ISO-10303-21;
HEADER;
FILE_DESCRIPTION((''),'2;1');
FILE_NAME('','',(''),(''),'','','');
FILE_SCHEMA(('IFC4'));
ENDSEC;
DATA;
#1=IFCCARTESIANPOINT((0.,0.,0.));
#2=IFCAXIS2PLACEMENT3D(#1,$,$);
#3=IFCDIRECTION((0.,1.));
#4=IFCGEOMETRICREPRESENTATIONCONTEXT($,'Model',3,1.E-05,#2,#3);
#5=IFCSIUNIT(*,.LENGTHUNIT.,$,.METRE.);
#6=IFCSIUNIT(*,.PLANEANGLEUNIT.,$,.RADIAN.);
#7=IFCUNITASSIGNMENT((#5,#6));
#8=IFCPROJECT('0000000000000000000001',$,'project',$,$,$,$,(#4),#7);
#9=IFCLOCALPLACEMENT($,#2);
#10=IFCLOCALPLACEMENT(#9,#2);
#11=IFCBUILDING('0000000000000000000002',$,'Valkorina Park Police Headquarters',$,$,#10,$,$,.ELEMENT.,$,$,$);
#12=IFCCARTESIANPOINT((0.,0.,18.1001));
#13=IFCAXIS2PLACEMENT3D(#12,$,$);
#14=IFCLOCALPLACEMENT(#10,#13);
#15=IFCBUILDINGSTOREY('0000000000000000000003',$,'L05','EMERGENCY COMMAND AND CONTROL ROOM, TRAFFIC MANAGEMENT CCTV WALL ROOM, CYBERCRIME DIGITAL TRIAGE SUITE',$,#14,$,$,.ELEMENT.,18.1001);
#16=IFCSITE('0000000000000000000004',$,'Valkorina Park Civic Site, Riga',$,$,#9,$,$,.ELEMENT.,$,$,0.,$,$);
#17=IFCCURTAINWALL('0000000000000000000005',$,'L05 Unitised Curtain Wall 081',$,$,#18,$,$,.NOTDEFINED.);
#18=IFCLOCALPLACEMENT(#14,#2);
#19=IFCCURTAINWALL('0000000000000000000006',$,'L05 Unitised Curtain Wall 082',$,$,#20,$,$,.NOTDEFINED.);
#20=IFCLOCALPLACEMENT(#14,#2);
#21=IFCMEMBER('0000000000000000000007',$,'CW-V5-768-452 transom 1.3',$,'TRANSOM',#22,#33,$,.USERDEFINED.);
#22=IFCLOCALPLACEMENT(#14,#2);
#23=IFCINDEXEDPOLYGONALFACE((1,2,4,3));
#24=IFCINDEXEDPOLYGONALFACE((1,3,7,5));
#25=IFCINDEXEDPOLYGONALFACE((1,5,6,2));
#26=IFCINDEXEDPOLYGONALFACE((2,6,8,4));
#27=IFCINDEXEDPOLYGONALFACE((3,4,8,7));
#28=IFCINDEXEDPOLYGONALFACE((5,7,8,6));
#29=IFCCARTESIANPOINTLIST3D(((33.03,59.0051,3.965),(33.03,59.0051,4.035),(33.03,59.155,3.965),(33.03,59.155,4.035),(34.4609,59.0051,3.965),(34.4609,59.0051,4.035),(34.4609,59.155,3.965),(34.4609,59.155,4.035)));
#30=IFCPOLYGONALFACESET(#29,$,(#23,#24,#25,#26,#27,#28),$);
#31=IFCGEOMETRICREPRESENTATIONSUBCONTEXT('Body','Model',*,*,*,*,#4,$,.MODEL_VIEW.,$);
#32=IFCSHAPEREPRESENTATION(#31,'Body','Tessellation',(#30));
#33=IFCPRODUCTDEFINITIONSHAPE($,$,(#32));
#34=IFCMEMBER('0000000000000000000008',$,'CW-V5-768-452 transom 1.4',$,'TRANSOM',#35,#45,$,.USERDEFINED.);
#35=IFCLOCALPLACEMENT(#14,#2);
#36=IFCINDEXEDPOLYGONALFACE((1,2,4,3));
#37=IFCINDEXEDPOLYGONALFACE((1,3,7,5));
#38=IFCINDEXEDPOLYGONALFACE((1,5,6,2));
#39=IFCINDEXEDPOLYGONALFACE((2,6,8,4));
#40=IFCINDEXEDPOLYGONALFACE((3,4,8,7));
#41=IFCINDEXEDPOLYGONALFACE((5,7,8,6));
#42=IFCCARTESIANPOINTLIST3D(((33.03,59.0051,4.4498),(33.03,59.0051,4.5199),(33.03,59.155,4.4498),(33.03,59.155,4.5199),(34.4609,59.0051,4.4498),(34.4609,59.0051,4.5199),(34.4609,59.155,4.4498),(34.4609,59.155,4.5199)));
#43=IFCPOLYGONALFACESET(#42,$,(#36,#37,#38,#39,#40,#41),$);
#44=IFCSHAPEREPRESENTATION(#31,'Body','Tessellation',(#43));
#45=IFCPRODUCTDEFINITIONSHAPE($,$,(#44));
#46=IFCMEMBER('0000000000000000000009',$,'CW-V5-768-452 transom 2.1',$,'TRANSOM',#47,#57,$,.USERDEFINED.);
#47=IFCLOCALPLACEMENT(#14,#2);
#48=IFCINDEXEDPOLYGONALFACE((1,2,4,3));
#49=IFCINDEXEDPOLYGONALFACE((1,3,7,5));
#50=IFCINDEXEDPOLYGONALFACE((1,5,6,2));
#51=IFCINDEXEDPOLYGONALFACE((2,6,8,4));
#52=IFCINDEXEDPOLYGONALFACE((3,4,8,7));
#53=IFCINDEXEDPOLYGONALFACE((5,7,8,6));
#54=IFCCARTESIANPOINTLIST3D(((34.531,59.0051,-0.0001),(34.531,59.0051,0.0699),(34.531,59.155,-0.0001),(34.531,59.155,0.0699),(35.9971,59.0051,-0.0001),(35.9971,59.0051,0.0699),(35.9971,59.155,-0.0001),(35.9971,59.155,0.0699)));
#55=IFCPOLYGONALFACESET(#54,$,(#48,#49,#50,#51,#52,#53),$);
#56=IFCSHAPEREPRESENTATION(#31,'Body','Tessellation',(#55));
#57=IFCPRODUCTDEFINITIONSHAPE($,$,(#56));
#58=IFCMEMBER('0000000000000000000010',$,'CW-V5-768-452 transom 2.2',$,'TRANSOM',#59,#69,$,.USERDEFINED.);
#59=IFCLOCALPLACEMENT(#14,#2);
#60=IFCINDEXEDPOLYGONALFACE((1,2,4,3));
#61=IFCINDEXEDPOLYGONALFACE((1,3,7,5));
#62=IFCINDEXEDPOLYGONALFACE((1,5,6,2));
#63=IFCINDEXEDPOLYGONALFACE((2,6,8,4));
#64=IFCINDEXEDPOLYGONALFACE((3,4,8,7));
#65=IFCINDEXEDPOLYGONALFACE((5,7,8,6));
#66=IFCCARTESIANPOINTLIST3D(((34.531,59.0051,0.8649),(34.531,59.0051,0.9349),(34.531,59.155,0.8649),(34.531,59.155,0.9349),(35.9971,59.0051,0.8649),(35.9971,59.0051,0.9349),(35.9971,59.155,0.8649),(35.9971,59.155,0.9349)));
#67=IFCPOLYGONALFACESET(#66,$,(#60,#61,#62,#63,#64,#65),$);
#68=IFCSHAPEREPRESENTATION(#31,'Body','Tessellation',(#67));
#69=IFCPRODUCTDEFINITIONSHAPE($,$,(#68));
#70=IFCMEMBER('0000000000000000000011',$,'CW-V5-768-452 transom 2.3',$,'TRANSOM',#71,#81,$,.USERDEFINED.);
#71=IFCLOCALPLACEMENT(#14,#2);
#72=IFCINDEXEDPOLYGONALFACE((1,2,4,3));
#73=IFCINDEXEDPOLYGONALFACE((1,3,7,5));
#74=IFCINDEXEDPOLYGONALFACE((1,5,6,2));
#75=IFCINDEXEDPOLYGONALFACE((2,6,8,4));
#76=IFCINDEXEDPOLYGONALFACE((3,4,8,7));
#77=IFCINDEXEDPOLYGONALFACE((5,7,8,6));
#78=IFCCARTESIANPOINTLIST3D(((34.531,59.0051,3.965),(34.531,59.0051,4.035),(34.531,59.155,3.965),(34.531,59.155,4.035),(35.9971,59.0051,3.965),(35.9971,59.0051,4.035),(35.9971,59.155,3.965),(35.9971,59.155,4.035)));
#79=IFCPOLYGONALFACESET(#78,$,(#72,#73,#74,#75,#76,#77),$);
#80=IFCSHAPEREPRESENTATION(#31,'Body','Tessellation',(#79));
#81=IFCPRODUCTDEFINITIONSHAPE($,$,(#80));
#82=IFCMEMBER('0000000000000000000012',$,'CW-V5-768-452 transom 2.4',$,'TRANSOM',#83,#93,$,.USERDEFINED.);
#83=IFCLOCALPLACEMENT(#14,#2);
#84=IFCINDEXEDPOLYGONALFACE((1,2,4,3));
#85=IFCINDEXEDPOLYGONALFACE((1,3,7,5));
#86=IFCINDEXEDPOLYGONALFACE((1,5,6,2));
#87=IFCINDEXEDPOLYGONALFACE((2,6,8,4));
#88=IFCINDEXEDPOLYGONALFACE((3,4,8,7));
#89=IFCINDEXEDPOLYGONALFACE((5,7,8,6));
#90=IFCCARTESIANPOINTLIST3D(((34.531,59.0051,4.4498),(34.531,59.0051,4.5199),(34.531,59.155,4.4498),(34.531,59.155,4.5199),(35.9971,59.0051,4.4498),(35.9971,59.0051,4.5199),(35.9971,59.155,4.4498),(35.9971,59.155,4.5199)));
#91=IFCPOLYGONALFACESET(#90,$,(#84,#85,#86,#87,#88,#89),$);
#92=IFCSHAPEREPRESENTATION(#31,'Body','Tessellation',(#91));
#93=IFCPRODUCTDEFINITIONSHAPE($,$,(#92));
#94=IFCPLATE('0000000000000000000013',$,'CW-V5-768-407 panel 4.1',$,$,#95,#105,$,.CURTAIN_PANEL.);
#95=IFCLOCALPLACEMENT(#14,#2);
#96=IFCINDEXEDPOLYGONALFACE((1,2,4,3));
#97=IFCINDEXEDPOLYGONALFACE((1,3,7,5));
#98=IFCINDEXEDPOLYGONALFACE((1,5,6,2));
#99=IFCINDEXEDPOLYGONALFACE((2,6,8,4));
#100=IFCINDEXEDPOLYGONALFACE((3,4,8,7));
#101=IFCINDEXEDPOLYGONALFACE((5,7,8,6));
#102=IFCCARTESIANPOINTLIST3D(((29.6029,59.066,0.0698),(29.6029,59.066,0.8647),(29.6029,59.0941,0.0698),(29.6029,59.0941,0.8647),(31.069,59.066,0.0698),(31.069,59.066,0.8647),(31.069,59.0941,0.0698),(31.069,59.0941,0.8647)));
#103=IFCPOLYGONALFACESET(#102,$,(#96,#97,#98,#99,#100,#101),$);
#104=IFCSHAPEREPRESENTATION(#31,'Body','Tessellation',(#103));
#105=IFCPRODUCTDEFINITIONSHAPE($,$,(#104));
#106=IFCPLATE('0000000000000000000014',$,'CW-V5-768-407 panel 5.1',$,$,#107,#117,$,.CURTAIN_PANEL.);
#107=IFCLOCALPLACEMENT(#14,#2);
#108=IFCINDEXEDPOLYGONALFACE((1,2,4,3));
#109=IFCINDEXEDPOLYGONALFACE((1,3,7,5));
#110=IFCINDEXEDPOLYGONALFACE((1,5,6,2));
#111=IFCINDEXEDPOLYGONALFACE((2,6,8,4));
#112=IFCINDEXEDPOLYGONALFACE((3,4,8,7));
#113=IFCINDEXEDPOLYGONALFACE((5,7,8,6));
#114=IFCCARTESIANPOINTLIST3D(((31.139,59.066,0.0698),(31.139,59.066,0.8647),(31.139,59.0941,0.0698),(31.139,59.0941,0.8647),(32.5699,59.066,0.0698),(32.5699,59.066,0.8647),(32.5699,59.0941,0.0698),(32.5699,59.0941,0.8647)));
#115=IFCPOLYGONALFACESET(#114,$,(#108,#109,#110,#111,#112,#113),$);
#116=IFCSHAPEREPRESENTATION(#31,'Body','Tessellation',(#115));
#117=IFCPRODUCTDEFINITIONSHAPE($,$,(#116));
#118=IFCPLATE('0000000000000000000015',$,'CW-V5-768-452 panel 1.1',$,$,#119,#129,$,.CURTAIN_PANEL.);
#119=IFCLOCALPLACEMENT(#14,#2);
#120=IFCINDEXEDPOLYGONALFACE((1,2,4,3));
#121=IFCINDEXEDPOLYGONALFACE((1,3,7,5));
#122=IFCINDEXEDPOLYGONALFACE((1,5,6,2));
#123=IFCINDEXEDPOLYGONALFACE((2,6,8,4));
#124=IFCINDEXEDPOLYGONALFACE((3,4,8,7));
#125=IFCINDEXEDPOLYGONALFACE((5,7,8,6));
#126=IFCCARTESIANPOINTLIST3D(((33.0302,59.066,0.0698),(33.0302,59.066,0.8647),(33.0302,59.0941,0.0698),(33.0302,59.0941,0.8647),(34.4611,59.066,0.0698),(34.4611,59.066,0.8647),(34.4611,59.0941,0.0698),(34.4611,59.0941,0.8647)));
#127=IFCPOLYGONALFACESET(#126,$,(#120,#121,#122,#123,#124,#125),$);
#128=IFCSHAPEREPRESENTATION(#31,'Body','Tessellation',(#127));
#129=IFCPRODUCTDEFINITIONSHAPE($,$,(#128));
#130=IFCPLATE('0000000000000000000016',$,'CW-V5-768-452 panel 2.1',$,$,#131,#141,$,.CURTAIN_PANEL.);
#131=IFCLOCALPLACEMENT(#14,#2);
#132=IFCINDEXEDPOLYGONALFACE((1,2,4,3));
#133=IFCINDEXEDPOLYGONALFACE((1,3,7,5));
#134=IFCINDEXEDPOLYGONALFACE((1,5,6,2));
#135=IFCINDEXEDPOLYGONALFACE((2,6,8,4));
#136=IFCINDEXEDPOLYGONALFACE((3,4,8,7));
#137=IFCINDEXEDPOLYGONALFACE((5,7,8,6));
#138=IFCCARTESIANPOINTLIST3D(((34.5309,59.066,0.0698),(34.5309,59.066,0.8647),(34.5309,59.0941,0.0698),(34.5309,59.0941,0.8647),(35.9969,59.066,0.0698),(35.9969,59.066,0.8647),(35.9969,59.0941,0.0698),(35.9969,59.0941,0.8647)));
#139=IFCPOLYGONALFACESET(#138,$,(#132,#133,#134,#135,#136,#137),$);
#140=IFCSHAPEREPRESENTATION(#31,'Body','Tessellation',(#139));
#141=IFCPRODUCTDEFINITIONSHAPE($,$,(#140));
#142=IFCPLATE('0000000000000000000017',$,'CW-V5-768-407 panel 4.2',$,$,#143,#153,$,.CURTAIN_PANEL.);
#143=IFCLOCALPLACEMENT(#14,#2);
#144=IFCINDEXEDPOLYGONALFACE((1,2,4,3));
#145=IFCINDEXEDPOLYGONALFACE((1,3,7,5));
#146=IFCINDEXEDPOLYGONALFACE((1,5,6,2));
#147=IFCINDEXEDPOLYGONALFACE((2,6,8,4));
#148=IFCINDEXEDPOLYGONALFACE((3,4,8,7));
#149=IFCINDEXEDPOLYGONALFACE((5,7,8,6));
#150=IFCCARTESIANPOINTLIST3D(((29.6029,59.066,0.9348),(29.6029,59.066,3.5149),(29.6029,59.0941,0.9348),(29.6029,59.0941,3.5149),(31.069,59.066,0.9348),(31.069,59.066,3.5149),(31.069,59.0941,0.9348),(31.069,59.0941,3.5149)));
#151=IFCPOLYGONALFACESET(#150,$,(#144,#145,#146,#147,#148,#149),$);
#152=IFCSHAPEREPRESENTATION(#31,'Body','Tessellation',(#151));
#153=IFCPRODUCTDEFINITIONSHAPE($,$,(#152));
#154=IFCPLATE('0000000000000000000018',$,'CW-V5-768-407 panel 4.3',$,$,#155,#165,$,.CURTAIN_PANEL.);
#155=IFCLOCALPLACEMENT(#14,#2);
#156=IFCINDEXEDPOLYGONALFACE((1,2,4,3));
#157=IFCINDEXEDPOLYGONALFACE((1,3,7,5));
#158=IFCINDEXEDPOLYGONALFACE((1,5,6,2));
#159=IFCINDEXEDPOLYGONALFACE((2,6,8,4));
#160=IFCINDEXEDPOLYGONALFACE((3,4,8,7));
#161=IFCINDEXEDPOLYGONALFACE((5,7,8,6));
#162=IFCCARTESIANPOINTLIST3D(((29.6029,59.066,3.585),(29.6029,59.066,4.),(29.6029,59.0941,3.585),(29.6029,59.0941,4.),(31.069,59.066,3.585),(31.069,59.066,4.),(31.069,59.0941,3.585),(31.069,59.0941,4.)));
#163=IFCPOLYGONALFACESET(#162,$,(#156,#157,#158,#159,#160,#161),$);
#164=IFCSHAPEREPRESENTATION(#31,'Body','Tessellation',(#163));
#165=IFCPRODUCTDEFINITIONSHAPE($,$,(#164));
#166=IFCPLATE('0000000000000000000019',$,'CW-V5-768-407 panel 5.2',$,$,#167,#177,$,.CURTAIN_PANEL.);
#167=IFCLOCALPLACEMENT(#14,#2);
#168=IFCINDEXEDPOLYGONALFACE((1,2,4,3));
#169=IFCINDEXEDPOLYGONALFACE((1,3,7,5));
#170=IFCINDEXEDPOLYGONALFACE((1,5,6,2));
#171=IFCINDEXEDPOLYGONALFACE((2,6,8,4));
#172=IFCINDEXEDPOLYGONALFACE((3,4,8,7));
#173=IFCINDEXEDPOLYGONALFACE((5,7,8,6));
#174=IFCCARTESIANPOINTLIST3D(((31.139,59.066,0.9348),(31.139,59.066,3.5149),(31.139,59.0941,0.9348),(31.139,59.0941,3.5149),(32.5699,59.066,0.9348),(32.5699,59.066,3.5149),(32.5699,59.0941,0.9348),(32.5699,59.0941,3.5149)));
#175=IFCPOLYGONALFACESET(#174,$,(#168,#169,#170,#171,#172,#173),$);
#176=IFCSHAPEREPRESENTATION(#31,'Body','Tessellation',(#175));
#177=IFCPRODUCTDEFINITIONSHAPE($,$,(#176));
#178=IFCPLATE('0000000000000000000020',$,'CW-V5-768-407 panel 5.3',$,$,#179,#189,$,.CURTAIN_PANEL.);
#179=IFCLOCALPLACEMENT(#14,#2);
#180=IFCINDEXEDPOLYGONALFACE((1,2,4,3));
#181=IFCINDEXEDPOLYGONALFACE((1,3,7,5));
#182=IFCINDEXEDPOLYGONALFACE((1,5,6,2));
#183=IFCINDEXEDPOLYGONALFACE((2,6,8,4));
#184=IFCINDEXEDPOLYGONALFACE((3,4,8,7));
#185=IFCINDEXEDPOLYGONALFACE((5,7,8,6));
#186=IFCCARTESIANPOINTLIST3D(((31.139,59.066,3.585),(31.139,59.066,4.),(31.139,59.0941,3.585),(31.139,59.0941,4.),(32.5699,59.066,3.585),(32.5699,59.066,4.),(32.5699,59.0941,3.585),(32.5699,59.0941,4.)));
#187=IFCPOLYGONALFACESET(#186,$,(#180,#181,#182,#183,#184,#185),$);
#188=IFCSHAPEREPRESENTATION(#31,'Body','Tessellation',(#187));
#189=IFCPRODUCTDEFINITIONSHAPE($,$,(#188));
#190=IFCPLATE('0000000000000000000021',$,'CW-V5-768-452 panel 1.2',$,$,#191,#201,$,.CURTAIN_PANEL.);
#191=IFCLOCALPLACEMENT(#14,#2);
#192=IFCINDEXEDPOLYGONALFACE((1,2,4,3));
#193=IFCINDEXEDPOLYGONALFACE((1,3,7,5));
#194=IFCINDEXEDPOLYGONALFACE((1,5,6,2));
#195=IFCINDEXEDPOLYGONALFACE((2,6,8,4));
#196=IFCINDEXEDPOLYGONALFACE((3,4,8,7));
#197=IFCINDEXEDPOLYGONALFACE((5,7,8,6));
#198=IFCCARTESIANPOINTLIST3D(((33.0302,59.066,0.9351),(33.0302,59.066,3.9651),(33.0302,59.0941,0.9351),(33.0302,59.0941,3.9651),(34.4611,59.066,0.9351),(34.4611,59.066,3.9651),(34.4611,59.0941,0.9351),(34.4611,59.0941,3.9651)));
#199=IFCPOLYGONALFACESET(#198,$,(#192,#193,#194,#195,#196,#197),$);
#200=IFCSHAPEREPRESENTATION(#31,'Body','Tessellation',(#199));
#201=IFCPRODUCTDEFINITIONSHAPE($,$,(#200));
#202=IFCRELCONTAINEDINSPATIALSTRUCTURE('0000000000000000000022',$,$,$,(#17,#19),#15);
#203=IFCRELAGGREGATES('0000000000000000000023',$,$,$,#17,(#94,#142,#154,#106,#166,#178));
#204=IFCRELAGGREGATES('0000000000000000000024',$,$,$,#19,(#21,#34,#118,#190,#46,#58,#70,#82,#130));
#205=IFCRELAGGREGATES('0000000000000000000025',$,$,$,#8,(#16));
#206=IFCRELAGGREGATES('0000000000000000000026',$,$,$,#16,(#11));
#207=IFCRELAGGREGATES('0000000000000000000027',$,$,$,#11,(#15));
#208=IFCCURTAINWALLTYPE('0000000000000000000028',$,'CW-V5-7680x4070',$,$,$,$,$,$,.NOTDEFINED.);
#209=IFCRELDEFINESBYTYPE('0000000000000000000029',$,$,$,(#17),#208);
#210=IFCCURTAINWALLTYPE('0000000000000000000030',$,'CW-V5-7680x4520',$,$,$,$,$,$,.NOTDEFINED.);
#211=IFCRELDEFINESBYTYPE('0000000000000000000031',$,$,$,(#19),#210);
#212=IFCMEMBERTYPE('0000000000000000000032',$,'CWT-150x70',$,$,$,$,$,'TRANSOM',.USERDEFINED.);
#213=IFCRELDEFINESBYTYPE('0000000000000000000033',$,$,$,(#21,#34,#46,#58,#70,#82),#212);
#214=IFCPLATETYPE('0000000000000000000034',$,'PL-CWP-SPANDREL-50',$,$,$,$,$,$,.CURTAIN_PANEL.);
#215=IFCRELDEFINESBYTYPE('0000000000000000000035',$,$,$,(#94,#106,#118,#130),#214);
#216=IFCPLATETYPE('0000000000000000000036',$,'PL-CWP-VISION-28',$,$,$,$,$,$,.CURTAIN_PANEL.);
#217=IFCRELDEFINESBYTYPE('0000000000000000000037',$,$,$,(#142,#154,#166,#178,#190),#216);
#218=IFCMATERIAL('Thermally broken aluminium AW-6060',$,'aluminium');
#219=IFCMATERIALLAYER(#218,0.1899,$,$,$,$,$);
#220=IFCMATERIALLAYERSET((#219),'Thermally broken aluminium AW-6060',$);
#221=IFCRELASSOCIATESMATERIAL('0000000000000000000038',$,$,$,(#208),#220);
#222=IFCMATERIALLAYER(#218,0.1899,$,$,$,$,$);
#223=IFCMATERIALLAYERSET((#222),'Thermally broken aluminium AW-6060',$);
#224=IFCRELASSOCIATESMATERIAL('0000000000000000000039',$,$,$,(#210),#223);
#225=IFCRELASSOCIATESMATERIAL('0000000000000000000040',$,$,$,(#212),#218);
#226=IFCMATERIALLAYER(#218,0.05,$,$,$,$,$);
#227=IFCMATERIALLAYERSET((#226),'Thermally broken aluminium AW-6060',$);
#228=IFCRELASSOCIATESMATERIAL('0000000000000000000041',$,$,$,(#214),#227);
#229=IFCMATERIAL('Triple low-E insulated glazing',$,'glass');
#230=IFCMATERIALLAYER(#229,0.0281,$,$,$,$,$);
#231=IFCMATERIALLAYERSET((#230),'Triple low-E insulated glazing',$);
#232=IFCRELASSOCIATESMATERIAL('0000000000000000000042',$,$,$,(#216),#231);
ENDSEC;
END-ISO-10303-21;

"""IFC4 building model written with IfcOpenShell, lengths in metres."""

from ifc_helpers import new_model, si_unit, direction, frame, origin, origin_2d, place, context, subcontext, project, spatial, rectangle, extrude, material, layer, layer_set, material_profile, profile_set, type_object, element, aggregate, save


model = new_model("IFC4")

# Units and contexts
model_context = context("Model", 3, precision=1e-05, world=origin(), true_north=direction((0.0, 1.0)))
body_context = subcontext(model_context, "Body", "Model", "MODEL_VIEW")
ifc_project = project(units=[si_unit("LENGTHUNIT", "METRE"), si_unit("PLANEANGLEUNIT", "RADIAN")], contexts=[model_context])

# Site, building, storey
site_placement = place(None, origin())
site = spatial("IfcSite", under=ifc_project, at=site_placement, Name="Valkorina Park Civic Site, Riga", CompositionType="ELEMENT", RefElevation=0.0)
building_placement = place(site_placement, origin())
building = spatial("IfcBuilding", under=site, at=building_placement, Name="Valkorina Park Police Headquarters", CompositionType="ELEMENT")
storey_placement = place(building_placement, frame((0.0, 0.0, 18.1001)))
storey = spatial("IfcBuildingStorey", under=building, at=storey_placement, Name="L05", Description="EMERGENCY COMMAND AND CONTROL ROOM, TRAFFIC MANAGEMENT CCTV WALL ROOM, CYBERCRIME DIGITAL TRIAGE SUITE", CompositionType="ELEMENT", Elevation=18.1001)

# Curtain walls
ifc_material_1 = material(Name="Thermally broken aluminium AW-6060", Category="aluminium")
ifc_layer_1 = layer(ifc_material_1, 0.1899)
ifc_layer_set_1 = layer_set([ifc_layer_1], Name="Thermally broken aluminium AW-6060")
curtain_wall_type_1 = type_object("IfcCurtainWallType", Name="CW-V5-7680x4070", PredefinedType="NOTDEFINED", material=ifc_layer_set_1)
curtain_wall_1_placement = place(storey_placement, origin())
curtain_wall_1 = element("IfcCurtainWall", 1, at=curtain_wall_1_placement, inside=storey, type_object=curtain_wall_type_1, Name="L05 Unitised Curtain Wall 081", PredefinedType="NOTDEFINED")
ifc_layer_2 = layer(ifc_material_1, 0.1899)
ifc_layer_set_2 = layer_set([ifc_layer_2], Name="Thermally broken aluminium AW-6060")
curtain_wall_type_2 = type_object("IfcCurtainWallType", Name="CW-V5-7680x4520", PredefinedType="NOTDEFINED", material=ifc_layer_set_2)
curtain_wall_2_placement = place(storey_placement, origin())
curtain_wall_2 = element("IfcCurtainWall", 2, at=curtain_wall_2_placement, inside=storey, type_object=curtain_wall_type_2, Name="L05 Unitised Curtain Wall 082", PredefinedType="NOTDEFINED")

# Members
ifc_material_profile_1 = material_profile(ifc_material_1, rectangle(XDim=0.1499, YDim=0.0701, at=origin_2d()), Name="CWT-02 150x70")
ifc_profile_set_1 = profile_set([ifc_material_profile_1], Name="Thermally broken aluminium AW-6060")
member_type_1 = type_object("IfcMemberType", Name="CWT-150x70", ElementType="TRANSOM", PredefinedType="USERDEFINED", material=ifc_profile_set_1)
member_1_placement = place(storey_placement, frame((33.03, 59.0801, 4.0), z_axis=(1.0, 0.0, 0.0), x_axis=(0.0, 1.0, 0.0)))
member_1 = element("IfcMember", 3, at=member_1_placement, type_object=member_type_1, Name="CW-V5-768-452 transom 1.3", ObjectType="TRANSOM", PredefinedType="USERDEFINED", context=body_context, shape_type="SweptSolid", body=[
    extrude(rectangle(XDim=0.1499, YDim=0.0701, at=origin_2d()), origin(), (0.0, 0.0, 1.0), 1.4309),
])
member_2_placement = place(storey_placement, frame((33.03, 59.0801, 4.4849), z_axis=(1.0, 0.0, 0.0), x_axis=(0.0, 1.0, 0.0)))
member_2 = element("IfcMember", 4, at=member_2_placement, type_object=member_type_1, Name="CW-V5-768-452 transom 1.4", ObjectType="TRANSOM", PredefinedType="USERDEFINED", context=body_context, shape_type="SweptSolid", body=[
    extrude(rectangle(XDim=0.1499, YDim=0.0701, at=origin_2d()), origin(), (0.0, 0.0, 1.0), 1.4309),
])
member_3_placement = place(storey_placement, frame((34.531, 59.0801, 0.0349), z_axis=(1.0, 0.0, 0.0), x_axis=(0.0, 1.0, 0.0)))
member_3 = element("IfcMember", 5, at=member_3_placement, type_object=member_type_1, Name="CW-V5-768-452 transom 2.1", ObjectType="TRANSOM", PredefinedType="USERDEFINED", context=body_context, shape_type="SweptSolid", body=[
    extrude(rectangle(XDim=0.1499, YDim=0.0701, at=origin_2d()), origin(), (0.0, 0.0, 1.0), 1.4661),
])
member_4_placement = place(storey_placement, frame((34.531, 59.0801, 0.8999), z_axis=(1.0, 0.0, 0.0), x_axis=(0.0, 1.0, 0.0)))
member_4 = element("IfcMember", 6, at=member_4_placement, type_object=member_type_1, Name="CW-V5-768-452 transom 2.2", ObjectType="TRANSOM", PredefinedType="USERDEFINED", context=body_context, shape_type="SweptSolid", body=[
    extrude(rectangle(XDim=0.1499, YDim=0.0701, at=origin_2d()), origin(), (0.0, 0.0, 1.0), 1.4661),
])
member_5_placement = place(storey_placement, frame((34.531, 59.0801, 4.0), z_axis=(1.0, 0.0, 0.0), x_axis=(0.0, 1.0, 0.0)))
member_5 = element("IfcMember", 7, at=member_5_placement, type_object=member_type_1, Name="CW-V5-768-452 transom 2.3", ObjectType="TRANSOM", PredefinedType="USERDEFINED", context=body_context, shape_type="SweptSolid", body=[
    extrude(rectangle(XDim=0.1499, YDim=0.0701, at=origin_2d()), origin(), (0.0, 0.0, 1.0), 1.4661),
])
member_6_placement = place(storey_placement, frame((34.531, 59.0801, 4.4849), z_axis=(1.0, 0.0, 0.0), x_axis=(0.0, 1.0, 0.0)))
member_6 = element("IfcMember", 8, at=member_6_placement, type_object=member_type_1, Name="CW-V5-768-452 transom 2.4", ObjectType="TRANSOM", PredefinedType="USERDEFINED", context=body_context, shape_type="SweptSolid", body=[
    extrude(rectangle(XDim=0.1499, YDim=0.0701, at=origin_2d()), origin(), (0.0, 0.0, 1.0), 1.4661),
])

# Plates
ifc_layer_3 = layer(ifc_material_1, 0.05)
ifc_layer_set_3 = layer_set([ifc_layer_3], Name="Thermally broken aluminium AW-6060")
plate_type_1 = type_object("IfcPlateType", Name="PL-CWP-SPANDREL-50", PredefinedType="CURTAIN_PANEL", material=ifc_layer_set_3)
plate_1_placement = place(storey_placement, frame((30.3359, 59.0801, 0.0698), z_axis=(0.0, 0.0, 1.0), x_axis=(1.0, 0.0, 0.0)))
plate_1 = element("IfcPlate", 9, at=plate_1_placement, type_object=plate_type_1, Name="CW-V5-768-407 panel 4.1", PredefinedType="CURTAIN_PANEL", context=body_context, shape_type="SweptSolid", body=[
    extrude(rectangle(XDim=1.4661, YDim=0.0281, at=origin_2d()), origin(), (0.0, 0.0, 1.0), 0.7949),
])
plate_2_placement = place(storey_placement, frame((31.8545, 59.0801, 0.0698), z_axis=(0.0, 0.0, 1.0), x_axis=(1.0, 0.0, 0.0)))
plate_2 = element("IfcPlate", 10, at=plate_2_placement, type_object=plate_type_1, Name="CW-V5-768-407 panel 5.1", PredefinedType="CURTAIN_PANEL", context=body_context, shape_type="SweptSolid", body=[
    extrude(rectangle(XDim=1.4309, YDim=0.0281, at=origin_2d()), origin(), (0.0, 0.0, 1.0), 0.7949),
])
plate_3_placement = place(storey_placement, frame((33.7456, 59.0801, 0.0698), z_axis=(0.0, 0.0, 1.0), x_axis=(1.0, 0.0, 0.0)))
plate_3 = element("IfcPlate", 11, at=plate_3_placement, type_object=plate_type_1, Name="CW-V5-768-452 panel 1.1", PredefinedType="CURTAIN_PANEL", context=body_context, shape_type="SweptSolid", body=[
    extrude(rectangle(XDim=1.4309, YDim=0.0281, at=origin_2d()), origin(), (0.0, 0.0, 1.0), 0.7949),
])
plate_4_placement = place(storey_placement, frame((35.2639, 59.0801, 0.0698), z_axis=(0.0, 0.0, 1.0), x_axis=(1.0, 0.0, 0.0)))
plate_4 = element("IfcPlate", 12, at=plate_4_placement, type_object=plate_type_1, Name="CW-V5-768-452 panel 2.1", PredefinedType="CURTAIN_PANEL", context=body_context, shape_type="SweptSolid", body=[
    extrude(rectangle(XDim=1.4661, YDim=0.0281, at=origin_2d()), origin(), (0.0, 0.0, 1.0), 0.7949),
])
ifc_material_2 = material(Name="Triple low-E insulated glazing", Category="glass")
ifc_layer_4 = layer(ifc_material_2, 0.0281)
ifc_layer_set_4 = layer_set([ifc_layer_4], Name="Triple low-E insulated glazing")
plate_type_2 = type_object("IfcPlateType", Name="PL-CWP-VISION-28", PredefinedType="CURTAIN_PANEL", material=ifc_layer_set_4)
plate_5_placement = place(storey_placement, frame((30.3359, 59.0801, 0.9348), z_axis=(0.0, 0.0, 1.0), x_axis=(1.0, 0.0, 0.0)))
plate_5 = element("IfcPlate", 13, at=plate_5_placement, type_object=plate_type_2, Name="CW-V5-768-407 panel 4.2", PredefinedType="CURTAIN_PANEL", context=body_context, shape_type="SweptSolid", body=[
    extrude(rectangle(XDim=1.4661, YDim=0.0281, at=origin_2d()), origin(), (0.0, 0.0, 1.0), 2.5801),
])
plate_6_placement = place(storey_placement, frame((30.3359, 59.0801, 3.585), z_axis=(0.0, 0.0, 1.0), x_axis=(1.0, 0.0, 0.0)))
plate_6 = element("IfcPlate", 14, at=plate_6_placement, type_object=plate_type_2, Name="CW-V5-768-407 panel 4.3", PredefinedType="CURTAIN_PANEL", context=body_context, shape_type="SweptSolid", body=[
    extrude(rectangle(XDim=1.4661, YDim=0.0281, at=origin_2d()), origin(), (0.0, 0.0, 1.0), 0.415),
])
plate_7_placement = place(storey_placement, frame((31.8545, 59.0801, 0.9348), z_axis=(0.0, 0.0, 1.0), x_axis=(1.0, 0.0, 0.0)))
plate_7 = element("IfcPlate", 15, at=plate_7_placement, type_object=plate_type_2, Name="CW-V5-768-407 panel 5.2", PredefinedType="CURTAIN_PANEL", context=body_context, shape_type="SweptSolid", body=[
    extrude(rectangle(XDim=1.4309, YDim=0.0281, at=origin_2d()), origin(), (0.0, 0.0, 1.0), 2.5801),
])
plate_8_placement = place(storey_placement, frame((31.8545, 59.0801, 3.585), z_axis=(0.0, 0.0, 1.0), x_axis=(1.0, 0.0, 0.0)))
plate_8 = element("IfcPlate", 16, at=plate_8_placement, type_object=plate_type_2, Name="CW-V5-768-407 panel 5.3", PredefinedType="CURTAIN_PANEL", context=body_context, shape_type="SweptSolid", body=[
    extrude(rectangle(XDim=1.4309, YDim=0.0281, at=origin_2d()), origin(), (0.0, 0.0, 1.0), 0.415),
])
aggregate(curtain_wall_1, [plate_1, plate_5, plate_6, plate_2, plate_7, plate_8])
plate_9_placement = place(storey_placement, frame((33.7456, 59.0801, 0.9351), z_axis=(0.0, 0.0, 1.0), x_axis=(1.0, 0.0, 0.0)))
plate_9 = element("IfcPlate", 17, at=plate_9_placement, type_object=plate_type_2, Name="CW-V5-768-452 panel 1.2", PredefinedType="CURTAIN_PANEL", context=body_context, shape_type="SweptSolid", body=[
    extrude(rectangle(XDim=1.4309, YDim=0.0281, at=origin_2d()), origin(), (0.0, 0.0, 1.0), 3.03),
])
aggregate(curtain_wall_2, [member_1, member_2, plate_3, plate_9, member_3, member_4, member_5, member_6, plate_4])

save(model, "model.ifc")
